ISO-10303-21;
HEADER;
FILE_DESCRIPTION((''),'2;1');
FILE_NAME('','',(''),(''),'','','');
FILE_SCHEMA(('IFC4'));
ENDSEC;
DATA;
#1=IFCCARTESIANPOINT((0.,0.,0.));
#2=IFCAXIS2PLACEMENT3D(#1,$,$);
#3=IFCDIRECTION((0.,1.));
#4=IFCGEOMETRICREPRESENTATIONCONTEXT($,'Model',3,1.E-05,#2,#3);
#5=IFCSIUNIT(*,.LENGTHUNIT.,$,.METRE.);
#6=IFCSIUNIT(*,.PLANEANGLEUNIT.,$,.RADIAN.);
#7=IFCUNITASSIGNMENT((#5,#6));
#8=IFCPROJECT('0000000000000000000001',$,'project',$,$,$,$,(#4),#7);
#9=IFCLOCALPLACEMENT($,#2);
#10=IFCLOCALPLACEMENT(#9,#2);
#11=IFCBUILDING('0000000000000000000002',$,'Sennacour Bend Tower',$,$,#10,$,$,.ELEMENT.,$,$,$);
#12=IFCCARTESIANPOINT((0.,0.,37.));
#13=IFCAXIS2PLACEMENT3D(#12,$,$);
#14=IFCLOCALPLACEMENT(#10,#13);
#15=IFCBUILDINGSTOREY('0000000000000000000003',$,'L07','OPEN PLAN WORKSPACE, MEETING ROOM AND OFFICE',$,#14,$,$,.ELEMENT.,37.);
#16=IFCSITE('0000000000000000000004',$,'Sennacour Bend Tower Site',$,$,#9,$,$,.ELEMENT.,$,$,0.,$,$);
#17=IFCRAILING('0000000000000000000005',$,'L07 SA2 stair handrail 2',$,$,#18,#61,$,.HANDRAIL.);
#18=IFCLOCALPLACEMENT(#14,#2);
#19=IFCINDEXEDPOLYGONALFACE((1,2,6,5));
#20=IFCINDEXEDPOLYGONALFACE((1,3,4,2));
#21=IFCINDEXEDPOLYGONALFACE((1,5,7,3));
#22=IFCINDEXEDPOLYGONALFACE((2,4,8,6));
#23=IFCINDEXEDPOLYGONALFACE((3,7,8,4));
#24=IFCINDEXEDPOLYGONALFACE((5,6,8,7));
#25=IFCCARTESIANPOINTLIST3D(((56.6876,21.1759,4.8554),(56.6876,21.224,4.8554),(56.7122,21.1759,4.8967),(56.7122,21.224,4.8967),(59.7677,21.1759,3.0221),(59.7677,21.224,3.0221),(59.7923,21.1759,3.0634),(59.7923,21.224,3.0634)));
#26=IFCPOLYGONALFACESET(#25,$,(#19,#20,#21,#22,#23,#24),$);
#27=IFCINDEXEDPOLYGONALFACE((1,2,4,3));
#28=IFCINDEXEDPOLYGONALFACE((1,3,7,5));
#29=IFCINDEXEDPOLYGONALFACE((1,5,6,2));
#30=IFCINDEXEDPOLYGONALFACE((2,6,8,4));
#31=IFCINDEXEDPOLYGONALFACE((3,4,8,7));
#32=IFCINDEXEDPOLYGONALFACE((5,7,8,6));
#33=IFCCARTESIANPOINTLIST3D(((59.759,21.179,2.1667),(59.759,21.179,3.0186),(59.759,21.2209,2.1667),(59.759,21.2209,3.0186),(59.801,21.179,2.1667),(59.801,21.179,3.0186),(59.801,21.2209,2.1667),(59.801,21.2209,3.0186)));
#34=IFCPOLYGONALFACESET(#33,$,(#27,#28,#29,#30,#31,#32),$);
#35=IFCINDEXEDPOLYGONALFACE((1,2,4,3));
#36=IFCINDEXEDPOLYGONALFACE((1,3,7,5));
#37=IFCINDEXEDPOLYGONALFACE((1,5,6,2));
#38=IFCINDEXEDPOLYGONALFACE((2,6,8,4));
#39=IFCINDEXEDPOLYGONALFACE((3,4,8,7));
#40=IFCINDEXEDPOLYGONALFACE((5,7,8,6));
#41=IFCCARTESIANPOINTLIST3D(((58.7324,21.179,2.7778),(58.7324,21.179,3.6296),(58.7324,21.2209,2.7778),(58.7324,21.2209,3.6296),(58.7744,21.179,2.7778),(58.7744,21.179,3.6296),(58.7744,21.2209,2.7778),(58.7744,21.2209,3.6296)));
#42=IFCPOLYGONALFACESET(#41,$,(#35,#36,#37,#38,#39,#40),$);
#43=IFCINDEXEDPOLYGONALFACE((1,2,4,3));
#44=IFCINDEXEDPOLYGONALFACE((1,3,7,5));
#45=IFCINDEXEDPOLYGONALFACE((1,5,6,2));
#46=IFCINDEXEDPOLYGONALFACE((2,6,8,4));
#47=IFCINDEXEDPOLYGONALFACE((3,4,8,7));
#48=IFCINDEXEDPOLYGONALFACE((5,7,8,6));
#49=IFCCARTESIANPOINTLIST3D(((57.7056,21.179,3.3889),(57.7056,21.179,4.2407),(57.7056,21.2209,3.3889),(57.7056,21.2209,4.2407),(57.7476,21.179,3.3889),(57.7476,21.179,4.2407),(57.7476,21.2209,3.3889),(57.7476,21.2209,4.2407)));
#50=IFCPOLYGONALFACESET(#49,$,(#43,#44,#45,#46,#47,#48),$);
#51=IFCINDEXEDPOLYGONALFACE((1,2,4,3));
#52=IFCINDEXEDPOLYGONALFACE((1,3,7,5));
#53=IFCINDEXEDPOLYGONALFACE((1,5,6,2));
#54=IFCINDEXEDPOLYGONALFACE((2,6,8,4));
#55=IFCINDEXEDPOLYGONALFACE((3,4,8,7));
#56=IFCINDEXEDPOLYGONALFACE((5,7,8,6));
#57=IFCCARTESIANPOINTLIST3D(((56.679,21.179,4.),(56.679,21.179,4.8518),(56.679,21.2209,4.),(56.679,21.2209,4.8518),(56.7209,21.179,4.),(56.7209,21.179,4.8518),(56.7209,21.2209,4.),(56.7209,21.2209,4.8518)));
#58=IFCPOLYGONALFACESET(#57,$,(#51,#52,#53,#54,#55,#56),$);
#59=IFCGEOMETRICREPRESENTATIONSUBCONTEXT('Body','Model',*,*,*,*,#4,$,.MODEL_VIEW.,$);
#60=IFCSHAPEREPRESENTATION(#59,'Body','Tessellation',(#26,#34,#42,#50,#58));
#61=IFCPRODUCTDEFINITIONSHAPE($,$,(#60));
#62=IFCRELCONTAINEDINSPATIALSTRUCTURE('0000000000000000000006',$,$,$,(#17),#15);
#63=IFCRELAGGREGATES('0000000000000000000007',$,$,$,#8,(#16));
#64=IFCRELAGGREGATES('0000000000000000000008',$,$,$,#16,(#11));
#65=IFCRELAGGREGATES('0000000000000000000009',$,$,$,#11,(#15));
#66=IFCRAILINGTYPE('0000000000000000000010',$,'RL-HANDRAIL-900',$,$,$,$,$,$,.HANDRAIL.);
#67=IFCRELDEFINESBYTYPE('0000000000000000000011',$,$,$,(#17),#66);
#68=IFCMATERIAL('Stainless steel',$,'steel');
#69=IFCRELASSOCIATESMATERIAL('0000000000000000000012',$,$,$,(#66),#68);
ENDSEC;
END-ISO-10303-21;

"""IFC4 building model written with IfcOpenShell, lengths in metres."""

from ifc_helpers import new_model, si_unit, direction, frame, origin, origin_2d, place, context, subcontext, project, spatial, rectangle, extrude, material, type_object, element, save


model = new_model("IFC4")

# Units and contexts
model_context = context("Model", 3, precision=1e-05, world=origin(), true_north=direction((0.0, 1.0)))
body_context = subcontext(model_context, "Body", "Model", "MODEL_VIEW")
ifc_project = project(units=[si_unit("LENGTHUNIT", "METRE"), si_unit("PLANEANGLEUNIT", "RADIAN")], contexts=[model_context])

# Site, building, storey
site_placement = place(None, origin())
site = spatial("IfcSite", under=ifc_project, at=site_placement, Name="Sennacour Bend Tower Site", CompositionType="ELEMENT", RefElevation=0.0)
building_placement = place(site_placement, origin())
building = spatial("IfcBuilding", under=site, at=building_placement, Name="Sennacour Bend Tower", CompositionType="ELEMENT")
storey_placement = place(building_placement, frame((0.0, 0.0, 37.0)))
storey = spatial("IfcBuildingStorey", under=building, at=storey_placement, Name="L07", Description="OPEN PLAN WORKSPACE, MEETING ROOM AND OFFICE", CompositionType="ELEMENT", Elevation=37.0)

# Shared definitions
ifc_material_1 = material(Name="Stainless steel", Category="steel")

# Railing
railing_type_1 = type_object("IfcRailingType", Name="RL-HANDRAIL-900", PredefinedType="HANDRAIL", material=ifc_material_1)
railing_1_placement = place(storey_placement, frame((59.78, 21.2, 2.1667)))
element("IfcRailing", 1, at=railing_1_placement, inside=storey, type_object=railing_type_1, Name="L07 SA2 stair handrail 2", PredefinedType="HANDRAIL", context=body_context, shape_type="SweptSolid", body=[
    extrude(rectangle(XDim=0.0481, YDim=0.0481, at=origin_2d()), frame((0.0, 0.0, 0.876), z_axis=(-0.859309, 0.0, 0.511458), x_axis=(0.0, -1.0, 0.0)), (0.0, 0.0, 1.0), 3.5845),
    extrude(rectangle(XDim=0.042, YDim=0.042, at=origin_2d()), origin(), (0.0, 0.0, 1.0), 0.8518),
    extrude(rectangle(XDim=0.042, YDim=0.042, at=origin_2d()), frame((-1.0266, 0.0, 0.6111)), (0.0, 0.0, 1.0), 0.8518),
    extrude(rectangle(XDim=0.042, YDim=0.042, at=origin_2d()), frame((-2.0535, 0.0, 1.2222)), (0.0, 0.0, 1.0), 0.8518),
    extrude(rectangle(XDim=0.042, YDim=0.042, at=origin_2d()), frame((-3.0801, 0.0, 1.8333)), (0.0, 0.0, 1.0), 0.8518),
])

save(model, "model.ifc")
